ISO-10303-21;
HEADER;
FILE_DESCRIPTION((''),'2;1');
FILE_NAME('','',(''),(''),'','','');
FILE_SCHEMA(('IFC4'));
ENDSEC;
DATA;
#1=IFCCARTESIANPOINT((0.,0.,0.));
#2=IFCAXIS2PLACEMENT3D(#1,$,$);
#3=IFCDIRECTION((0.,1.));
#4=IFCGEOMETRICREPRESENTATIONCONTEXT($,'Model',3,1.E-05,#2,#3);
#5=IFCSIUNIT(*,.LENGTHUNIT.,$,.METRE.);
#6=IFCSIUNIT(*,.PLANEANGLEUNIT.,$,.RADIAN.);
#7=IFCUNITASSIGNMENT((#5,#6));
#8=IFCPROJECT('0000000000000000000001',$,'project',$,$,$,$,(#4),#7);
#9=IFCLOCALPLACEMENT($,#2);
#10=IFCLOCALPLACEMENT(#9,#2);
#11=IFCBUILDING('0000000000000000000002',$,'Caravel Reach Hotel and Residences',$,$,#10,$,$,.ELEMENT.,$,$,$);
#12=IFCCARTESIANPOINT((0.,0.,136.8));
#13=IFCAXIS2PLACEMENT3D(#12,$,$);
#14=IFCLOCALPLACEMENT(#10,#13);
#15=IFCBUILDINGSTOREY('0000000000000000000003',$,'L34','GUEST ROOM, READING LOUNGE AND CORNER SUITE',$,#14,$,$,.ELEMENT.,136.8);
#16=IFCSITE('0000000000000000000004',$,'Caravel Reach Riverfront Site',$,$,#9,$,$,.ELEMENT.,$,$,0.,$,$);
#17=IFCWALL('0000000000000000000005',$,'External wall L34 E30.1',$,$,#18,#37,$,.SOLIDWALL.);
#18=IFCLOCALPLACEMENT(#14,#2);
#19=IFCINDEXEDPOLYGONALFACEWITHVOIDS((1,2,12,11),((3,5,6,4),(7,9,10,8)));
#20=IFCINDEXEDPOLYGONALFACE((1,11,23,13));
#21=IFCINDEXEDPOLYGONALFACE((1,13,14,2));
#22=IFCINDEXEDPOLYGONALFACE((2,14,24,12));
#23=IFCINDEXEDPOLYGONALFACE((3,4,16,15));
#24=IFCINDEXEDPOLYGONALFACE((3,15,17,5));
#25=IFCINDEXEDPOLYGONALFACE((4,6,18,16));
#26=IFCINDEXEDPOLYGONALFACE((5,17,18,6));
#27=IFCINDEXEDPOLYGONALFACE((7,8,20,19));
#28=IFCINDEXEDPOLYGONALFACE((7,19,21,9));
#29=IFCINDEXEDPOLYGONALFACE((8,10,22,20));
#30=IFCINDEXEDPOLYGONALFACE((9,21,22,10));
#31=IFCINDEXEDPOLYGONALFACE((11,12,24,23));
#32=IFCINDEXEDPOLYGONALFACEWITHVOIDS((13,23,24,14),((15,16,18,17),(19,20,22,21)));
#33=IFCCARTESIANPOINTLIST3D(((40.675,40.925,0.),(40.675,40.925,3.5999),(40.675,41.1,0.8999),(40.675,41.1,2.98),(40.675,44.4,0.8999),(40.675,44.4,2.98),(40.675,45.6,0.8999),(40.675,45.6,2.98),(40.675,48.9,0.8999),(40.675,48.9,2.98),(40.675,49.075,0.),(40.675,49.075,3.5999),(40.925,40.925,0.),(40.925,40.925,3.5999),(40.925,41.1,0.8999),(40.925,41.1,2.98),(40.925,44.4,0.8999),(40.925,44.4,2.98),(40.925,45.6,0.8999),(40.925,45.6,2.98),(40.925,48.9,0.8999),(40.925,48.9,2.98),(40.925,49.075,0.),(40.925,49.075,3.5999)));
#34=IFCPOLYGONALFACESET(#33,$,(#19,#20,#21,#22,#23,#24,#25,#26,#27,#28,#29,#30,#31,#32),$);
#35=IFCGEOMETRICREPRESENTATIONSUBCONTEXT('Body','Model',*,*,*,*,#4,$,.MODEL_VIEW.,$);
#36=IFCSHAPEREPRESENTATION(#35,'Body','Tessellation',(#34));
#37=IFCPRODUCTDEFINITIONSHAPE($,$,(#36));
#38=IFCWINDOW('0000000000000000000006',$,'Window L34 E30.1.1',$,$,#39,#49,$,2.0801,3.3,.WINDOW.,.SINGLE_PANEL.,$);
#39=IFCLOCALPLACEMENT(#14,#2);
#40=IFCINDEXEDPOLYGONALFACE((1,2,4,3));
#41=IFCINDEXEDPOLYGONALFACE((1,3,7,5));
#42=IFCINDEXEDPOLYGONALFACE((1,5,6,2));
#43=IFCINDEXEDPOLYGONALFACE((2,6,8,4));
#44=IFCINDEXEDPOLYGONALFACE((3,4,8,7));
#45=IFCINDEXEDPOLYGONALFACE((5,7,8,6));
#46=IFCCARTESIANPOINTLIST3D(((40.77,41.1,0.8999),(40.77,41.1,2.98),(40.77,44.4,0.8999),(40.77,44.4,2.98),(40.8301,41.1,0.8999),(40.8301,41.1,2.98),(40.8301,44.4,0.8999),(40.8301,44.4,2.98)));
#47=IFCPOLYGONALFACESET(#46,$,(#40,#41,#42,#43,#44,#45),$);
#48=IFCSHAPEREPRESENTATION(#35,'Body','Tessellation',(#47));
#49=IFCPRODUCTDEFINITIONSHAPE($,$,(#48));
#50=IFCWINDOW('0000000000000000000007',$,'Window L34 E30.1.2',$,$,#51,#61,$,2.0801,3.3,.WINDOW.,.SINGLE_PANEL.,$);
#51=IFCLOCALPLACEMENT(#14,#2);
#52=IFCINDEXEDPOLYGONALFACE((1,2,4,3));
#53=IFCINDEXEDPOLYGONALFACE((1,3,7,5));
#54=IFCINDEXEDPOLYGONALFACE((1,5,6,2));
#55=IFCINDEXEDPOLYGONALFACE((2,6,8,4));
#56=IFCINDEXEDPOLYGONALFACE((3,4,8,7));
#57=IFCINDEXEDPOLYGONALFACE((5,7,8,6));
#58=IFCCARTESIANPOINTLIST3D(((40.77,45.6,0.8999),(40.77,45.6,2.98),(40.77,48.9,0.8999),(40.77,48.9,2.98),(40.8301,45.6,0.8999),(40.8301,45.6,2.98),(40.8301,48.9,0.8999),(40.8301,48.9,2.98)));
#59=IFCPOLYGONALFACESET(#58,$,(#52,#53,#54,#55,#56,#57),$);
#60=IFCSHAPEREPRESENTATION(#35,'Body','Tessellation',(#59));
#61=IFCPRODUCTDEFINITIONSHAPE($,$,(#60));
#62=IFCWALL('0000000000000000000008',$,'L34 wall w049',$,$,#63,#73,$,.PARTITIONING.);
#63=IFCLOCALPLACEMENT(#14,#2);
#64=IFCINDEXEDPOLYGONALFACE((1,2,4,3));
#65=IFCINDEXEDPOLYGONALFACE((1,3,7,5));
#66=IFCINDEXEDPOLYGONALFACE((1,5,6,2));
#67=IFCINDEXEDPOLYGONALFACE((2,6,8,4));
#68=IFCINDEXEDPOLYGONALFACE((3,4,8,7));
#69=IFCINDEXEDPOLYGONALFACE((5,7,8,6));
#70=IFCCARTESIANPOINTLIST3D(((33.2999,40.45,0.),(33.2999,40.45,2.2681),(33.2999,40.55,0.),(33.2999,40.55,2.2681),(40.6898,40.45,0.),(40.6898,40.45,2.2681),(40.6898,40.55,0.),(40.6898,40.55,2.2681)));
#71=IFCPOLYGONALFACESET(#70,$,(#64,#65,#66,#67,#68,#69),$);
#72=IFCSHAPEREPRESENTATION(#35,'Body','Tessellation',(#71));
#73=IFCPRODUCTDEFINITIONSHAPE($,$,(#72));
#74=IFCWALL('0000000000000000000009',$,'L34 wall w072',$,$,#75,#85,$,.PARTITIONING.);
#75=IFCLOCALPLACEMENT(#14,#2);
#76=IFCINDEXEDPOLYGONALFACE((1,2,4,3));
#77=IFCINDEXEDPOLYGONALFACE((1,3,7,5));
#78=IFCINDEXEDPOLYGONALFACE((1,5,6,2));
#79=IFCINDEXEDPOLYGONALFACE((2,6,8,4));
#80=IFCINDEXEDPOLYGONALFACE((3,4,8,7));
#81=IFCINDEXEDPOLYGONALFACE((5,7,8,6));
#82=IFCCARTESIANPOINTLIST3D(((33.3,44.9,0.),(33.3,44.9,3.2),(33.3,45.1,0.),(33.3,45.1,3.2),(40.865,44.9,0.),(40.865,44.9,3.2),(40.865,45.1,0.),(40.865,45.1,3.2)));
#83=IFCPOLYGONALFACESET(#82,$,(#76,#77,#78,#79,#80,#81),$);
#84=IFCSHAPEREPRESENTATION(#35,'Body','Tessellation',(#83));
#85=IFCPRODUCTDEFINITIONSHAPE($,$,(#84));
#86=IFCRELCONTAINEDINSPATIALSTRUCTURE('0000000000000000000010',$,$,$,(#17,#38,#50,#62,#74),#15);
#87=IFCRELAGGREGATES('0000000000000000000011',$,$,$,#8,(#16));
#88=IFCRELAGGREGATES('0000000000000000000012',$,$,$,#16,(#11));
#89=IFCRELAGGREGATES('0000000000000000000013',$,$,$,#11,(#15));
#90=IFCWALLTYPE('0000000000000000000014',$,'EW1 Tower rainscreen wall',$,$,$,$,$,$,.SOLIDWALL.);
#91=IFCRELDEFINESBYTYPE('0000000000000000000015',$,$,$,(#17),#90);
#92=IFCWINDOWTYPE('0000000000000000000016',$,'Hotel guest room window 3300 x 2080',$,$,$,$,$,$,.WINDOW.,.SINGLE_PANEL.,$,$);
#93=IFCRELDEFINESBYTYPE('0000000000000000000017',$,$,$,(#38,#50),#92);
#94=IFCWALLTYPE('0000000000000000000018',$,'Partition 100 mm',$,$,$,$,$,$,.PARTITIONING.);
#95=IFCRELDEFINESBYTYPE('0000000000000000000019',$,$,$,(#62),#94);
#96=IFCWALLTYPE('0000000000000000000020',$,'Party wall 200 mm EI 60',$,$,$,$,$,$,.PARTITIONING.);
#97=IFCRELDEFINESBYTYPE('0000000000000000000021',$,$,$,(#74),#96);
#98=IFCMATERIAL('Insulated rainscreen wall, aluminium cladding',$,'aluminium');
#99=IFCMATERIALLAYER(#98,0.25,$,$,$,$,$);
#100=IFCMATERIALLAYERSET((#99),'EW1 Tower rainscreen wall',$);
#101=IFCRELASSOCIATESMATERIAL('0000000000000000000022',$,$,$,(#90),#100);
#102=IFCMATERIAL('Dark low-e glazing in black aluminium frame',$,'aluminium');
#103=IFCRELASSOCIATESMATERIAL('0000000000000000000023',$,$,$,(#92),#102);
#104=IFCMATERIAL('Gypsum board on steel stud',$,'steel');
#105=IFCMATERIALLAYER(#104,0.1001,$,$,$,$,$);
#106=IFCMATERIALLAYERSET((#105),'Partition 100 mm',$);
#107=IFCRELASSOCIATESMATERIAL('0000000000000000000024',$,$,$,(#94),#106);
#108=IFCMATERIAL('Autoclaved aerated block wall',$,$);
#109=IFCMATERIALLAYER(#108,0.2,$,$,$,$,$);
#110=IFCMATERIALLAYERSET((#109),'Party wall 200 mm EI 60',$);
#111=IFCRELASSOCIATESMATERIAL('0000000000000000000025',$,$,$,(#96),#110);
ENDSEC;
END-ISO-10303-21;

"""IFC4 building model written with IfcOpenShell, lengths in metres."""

from ifc_helpers import new_model, si_unit, direction, frame, frame_2d, origin, place, context, subcontext, project, spatial, rectangle, extrude, material, layer, layer_set, type_object, element, fill, save


model = new_model("IFC4")

# Units and contexts
model_context = context("Model", 3, precision=1e-05, world=origin(), true_north=direction((0.0, 1.0)))
body_context = subcontext(model_context, "Body", "Model", "MODEL_VIEW")
ifc_project = project(units=[si_unit("LENGTHUNIT", "METRE"), si_unit("PLANEANGLEUNIT", "RADIAN")], contexts=[model_context])

# Site, building, storey
site_placement = place(None, origin())
site = spatial("IfcSite", under=ifc_project, at=site_placement, Name="Caravel Reach Riverfront Site", CompositionType="ELEMENT", RefElevation=0.0)
building_placement = place(site_placement, origin())
building = spatial("IfcBuilding", under=site, at=building_placement, Name="Caravel Reach Hotel and Residences", CompositionType="ELEMENT")
storey_placement = place(building_placement, frame((0.0, 0.0, 136.8)))
storey = spatial("IfcBuildingStorey", under=building, at=storey_placement, Name="L34", Description="GUEST ROOM, READING LOUNGE AND CORNER SUITE", CompositionType="ELEMENT", Elevation=136.8)

# Wall, openings, windows
ifc_material_1 = material(Name="Insulated rainscreen wall, aluminium cladding", Category="aluminium")
ifc_layer_1 = layer(ifc_material_1, 0.25)
ifc_layer_set_1 = layer_set([ifc_layer_1], Name="EW1 Tower rainscreen wall")
wall_type_1 = type_object("IfcWallType", Name="EW1 Tower rainscreen wall", PredefinedType="SOLIDWALL", material=ifc_layer_set_1)
wall_1_placement = place(storey_placement, frame((40.8, 40.925, 0.0), z_axis=(0.0, 0.0, 1.0), x_axis=(0.0, 1.0, 0.0)))
wall_1 = element("IfcWall", 1, at=wall_1_placement, inside=storey, type_object=wall_type_1, Name="External wall L34 E30.1", PredefinedType="SOLIDWALL", context=body_context, shape_type="SweptSolid", body=[
    extrude(rectangle(XDim=8.1499, YDim=0.25, at=frame_2d((4.075, 0.0))), origin(), (0.0, 0.0, 1.0), 3.5999),
])
opening_1_placement = place(wall_1_placement, frame((0.175, 0.0, 0.8999)))
opening_1 = element("IfcOpeningElement", 2, at=opening_1_placement, cuts=wall_1, PredefinedType="OPENING", context=body_context, shape_type="SweptSolid", body=[
    extrude(rectangle(XDim=3.3, YDim=2.0801, at=frame_2d((1.6499, 1.04))), frame((0.0, 0.135, 0.0), z_axis=(0.0, -1.0, 0.0), x_axis=(1.0, 0.0, 0.0)), (0.0, 0.0, 1.0), 0.27),
])
opening_2_placement = place(wall_1_placement, frame((4.675, 0.0, 0.8999)))
opening_2 = element("IfcOpeningElement", 3, at=opening_2_placement, cuts=wall_1, PredefinedType="OPENING", context=body_context, shape_type="SweptSolid", body=[
    extrude(rectangle(XDim=3.3, YDim=2.0801, at=frame_2d((1.6499, 1.04))), frame((0.0, 0.135, 0.0), z_axis=(0.0, -1.0, 0.0), x_axis=(1.0, 0.0, 0.0)), (0.0, 0.0, 1.0), 0.27),
])
ifc_material_2 = material(Name="Dark low-e glazing in black aluminium frame", Category="aluminium")
window_type = type_object("IfcWindowType", Name="Hotel guest room window 3300 x 2080", PartitioningType="SINGLE_PANEL", PredefinedType="WINDOW", material=ifc_material_2)
window_1_placement = place(opening_1_placement, origin())
window_1 = element("IfcWindow", 4, at=window_1_placement, inside=storey, type_object=window_type, Name="Window L34 E30.1.1", OverallHeight=2.0801, OverallWidth=3.3, PartitioningType="SINGLE_PANEL", PredefinedType="WINDOW", context=body_context, shape_type="SweptSolid", body=[
    extrude(rectangle(XDim=3.3, YDim=2.0801, at=frame_2d((1.6499, 1.04))), frame((0.0, 0.03, 0.0), z_axis=(0.0, -1.0, 0.0), x_axis=(1.0, 0.0, 0.0)), (0.0, 0.0, 1.0), 0.0601),
])
fill(opening_1, window_1)
window_2_placement = place(opening_2_placement, origin())
window_2 = element("IfcWindow", 5, at=window_2_placement, inside=storey, type_object=window_type, Name="Window L34 E30.1.2", OverallHeight=2.0801, OverallWidth=3.3, PartitioningType="SINGLE_PANEL", PredefinedType="WINDOW", context=body_context, shape_type="SweptSolid", body=[
    extrude(rectangle(XDim=3.3, YDim=2.0801, at=frame_2d((1.6499, 1.04))), frame((0.0, 0.03, 0.0), z_axis=(0.0, -1.0, 0.0), x_axis=(1.0, 0.0, 0.0)), (0.0, 0.0, 1.0), 0.0601),
])
fill(opening_2, window_2)

# Walls
ifc_material_3 = material(Name="Gypsum board on steel stud", Category="steel")
ifc_layer_2 = layer(ifc_material_3, 0.1001)
ifc_layer_set_2 = layer_set([ifc_layer_2], Name="Partition 100 mm")
wall_type_2 = type_object("IfcWallType", Name="Partition 100 mm", PredefinedType="PARTITIONING", material=ifc_layer_set_2)
wall_2_placement = place(storey_placement, frame((33.3, 40.5, 0.0), z_axis=(0.0, 0.0, 1.0), x_axis=(1.0, 0.0, 0.0)))
element("IfcWall", 6, at=wall_2_placement, inside=storey, type_object=wall_type_2, Name="L34 wall w049", PredefinedType="PARTITIONING", context=body_context, shape_type="SweptSolid", body=[
    extrude(rectangle(XDim=7.3899, YDim=0.1001, at=frame_2d((3.6948, 0.0))), origin(), (0.0, 0.0, 1.0), 2.2681),
])
ifc_material_4 = material(Name="Autoclaved aerated block wall")
ifc_layer_3 = layer(ifc_material_4, 0.2)
ifc_layer_set_3 = layer_set([ifc_layer_3], Name="Party wall 200 mm EI 60")
wall_type_3 = type_object("IfcWallType", Name="Party wall 200 mm EI 60", PredefinedType="PARTITIONING", material=ifc_layer_set_3)
wall_3_placement = place(storey_placement, frame((33.3, 45.0, 0.0), z_axis=(0.0, 0.0, 1.0), x_axis=(1.0, 0.0, 0.0)))
element("IfcWall", 7, at=wall_3_placement, inside=storey, type_object=wall_type_3, Name="L34 wall w072", PredefinedType="PARTITIONING", context=body_context, shape_type="SweptSolid", body=[
    extrude(rectangle(XDim=7.5649, YDim=0.2, at=frame_2d((3.7825, 0.0))), origin(), (0.0, 0.0, 1.0), 3.2),
])

save(model, "model.ifc")
